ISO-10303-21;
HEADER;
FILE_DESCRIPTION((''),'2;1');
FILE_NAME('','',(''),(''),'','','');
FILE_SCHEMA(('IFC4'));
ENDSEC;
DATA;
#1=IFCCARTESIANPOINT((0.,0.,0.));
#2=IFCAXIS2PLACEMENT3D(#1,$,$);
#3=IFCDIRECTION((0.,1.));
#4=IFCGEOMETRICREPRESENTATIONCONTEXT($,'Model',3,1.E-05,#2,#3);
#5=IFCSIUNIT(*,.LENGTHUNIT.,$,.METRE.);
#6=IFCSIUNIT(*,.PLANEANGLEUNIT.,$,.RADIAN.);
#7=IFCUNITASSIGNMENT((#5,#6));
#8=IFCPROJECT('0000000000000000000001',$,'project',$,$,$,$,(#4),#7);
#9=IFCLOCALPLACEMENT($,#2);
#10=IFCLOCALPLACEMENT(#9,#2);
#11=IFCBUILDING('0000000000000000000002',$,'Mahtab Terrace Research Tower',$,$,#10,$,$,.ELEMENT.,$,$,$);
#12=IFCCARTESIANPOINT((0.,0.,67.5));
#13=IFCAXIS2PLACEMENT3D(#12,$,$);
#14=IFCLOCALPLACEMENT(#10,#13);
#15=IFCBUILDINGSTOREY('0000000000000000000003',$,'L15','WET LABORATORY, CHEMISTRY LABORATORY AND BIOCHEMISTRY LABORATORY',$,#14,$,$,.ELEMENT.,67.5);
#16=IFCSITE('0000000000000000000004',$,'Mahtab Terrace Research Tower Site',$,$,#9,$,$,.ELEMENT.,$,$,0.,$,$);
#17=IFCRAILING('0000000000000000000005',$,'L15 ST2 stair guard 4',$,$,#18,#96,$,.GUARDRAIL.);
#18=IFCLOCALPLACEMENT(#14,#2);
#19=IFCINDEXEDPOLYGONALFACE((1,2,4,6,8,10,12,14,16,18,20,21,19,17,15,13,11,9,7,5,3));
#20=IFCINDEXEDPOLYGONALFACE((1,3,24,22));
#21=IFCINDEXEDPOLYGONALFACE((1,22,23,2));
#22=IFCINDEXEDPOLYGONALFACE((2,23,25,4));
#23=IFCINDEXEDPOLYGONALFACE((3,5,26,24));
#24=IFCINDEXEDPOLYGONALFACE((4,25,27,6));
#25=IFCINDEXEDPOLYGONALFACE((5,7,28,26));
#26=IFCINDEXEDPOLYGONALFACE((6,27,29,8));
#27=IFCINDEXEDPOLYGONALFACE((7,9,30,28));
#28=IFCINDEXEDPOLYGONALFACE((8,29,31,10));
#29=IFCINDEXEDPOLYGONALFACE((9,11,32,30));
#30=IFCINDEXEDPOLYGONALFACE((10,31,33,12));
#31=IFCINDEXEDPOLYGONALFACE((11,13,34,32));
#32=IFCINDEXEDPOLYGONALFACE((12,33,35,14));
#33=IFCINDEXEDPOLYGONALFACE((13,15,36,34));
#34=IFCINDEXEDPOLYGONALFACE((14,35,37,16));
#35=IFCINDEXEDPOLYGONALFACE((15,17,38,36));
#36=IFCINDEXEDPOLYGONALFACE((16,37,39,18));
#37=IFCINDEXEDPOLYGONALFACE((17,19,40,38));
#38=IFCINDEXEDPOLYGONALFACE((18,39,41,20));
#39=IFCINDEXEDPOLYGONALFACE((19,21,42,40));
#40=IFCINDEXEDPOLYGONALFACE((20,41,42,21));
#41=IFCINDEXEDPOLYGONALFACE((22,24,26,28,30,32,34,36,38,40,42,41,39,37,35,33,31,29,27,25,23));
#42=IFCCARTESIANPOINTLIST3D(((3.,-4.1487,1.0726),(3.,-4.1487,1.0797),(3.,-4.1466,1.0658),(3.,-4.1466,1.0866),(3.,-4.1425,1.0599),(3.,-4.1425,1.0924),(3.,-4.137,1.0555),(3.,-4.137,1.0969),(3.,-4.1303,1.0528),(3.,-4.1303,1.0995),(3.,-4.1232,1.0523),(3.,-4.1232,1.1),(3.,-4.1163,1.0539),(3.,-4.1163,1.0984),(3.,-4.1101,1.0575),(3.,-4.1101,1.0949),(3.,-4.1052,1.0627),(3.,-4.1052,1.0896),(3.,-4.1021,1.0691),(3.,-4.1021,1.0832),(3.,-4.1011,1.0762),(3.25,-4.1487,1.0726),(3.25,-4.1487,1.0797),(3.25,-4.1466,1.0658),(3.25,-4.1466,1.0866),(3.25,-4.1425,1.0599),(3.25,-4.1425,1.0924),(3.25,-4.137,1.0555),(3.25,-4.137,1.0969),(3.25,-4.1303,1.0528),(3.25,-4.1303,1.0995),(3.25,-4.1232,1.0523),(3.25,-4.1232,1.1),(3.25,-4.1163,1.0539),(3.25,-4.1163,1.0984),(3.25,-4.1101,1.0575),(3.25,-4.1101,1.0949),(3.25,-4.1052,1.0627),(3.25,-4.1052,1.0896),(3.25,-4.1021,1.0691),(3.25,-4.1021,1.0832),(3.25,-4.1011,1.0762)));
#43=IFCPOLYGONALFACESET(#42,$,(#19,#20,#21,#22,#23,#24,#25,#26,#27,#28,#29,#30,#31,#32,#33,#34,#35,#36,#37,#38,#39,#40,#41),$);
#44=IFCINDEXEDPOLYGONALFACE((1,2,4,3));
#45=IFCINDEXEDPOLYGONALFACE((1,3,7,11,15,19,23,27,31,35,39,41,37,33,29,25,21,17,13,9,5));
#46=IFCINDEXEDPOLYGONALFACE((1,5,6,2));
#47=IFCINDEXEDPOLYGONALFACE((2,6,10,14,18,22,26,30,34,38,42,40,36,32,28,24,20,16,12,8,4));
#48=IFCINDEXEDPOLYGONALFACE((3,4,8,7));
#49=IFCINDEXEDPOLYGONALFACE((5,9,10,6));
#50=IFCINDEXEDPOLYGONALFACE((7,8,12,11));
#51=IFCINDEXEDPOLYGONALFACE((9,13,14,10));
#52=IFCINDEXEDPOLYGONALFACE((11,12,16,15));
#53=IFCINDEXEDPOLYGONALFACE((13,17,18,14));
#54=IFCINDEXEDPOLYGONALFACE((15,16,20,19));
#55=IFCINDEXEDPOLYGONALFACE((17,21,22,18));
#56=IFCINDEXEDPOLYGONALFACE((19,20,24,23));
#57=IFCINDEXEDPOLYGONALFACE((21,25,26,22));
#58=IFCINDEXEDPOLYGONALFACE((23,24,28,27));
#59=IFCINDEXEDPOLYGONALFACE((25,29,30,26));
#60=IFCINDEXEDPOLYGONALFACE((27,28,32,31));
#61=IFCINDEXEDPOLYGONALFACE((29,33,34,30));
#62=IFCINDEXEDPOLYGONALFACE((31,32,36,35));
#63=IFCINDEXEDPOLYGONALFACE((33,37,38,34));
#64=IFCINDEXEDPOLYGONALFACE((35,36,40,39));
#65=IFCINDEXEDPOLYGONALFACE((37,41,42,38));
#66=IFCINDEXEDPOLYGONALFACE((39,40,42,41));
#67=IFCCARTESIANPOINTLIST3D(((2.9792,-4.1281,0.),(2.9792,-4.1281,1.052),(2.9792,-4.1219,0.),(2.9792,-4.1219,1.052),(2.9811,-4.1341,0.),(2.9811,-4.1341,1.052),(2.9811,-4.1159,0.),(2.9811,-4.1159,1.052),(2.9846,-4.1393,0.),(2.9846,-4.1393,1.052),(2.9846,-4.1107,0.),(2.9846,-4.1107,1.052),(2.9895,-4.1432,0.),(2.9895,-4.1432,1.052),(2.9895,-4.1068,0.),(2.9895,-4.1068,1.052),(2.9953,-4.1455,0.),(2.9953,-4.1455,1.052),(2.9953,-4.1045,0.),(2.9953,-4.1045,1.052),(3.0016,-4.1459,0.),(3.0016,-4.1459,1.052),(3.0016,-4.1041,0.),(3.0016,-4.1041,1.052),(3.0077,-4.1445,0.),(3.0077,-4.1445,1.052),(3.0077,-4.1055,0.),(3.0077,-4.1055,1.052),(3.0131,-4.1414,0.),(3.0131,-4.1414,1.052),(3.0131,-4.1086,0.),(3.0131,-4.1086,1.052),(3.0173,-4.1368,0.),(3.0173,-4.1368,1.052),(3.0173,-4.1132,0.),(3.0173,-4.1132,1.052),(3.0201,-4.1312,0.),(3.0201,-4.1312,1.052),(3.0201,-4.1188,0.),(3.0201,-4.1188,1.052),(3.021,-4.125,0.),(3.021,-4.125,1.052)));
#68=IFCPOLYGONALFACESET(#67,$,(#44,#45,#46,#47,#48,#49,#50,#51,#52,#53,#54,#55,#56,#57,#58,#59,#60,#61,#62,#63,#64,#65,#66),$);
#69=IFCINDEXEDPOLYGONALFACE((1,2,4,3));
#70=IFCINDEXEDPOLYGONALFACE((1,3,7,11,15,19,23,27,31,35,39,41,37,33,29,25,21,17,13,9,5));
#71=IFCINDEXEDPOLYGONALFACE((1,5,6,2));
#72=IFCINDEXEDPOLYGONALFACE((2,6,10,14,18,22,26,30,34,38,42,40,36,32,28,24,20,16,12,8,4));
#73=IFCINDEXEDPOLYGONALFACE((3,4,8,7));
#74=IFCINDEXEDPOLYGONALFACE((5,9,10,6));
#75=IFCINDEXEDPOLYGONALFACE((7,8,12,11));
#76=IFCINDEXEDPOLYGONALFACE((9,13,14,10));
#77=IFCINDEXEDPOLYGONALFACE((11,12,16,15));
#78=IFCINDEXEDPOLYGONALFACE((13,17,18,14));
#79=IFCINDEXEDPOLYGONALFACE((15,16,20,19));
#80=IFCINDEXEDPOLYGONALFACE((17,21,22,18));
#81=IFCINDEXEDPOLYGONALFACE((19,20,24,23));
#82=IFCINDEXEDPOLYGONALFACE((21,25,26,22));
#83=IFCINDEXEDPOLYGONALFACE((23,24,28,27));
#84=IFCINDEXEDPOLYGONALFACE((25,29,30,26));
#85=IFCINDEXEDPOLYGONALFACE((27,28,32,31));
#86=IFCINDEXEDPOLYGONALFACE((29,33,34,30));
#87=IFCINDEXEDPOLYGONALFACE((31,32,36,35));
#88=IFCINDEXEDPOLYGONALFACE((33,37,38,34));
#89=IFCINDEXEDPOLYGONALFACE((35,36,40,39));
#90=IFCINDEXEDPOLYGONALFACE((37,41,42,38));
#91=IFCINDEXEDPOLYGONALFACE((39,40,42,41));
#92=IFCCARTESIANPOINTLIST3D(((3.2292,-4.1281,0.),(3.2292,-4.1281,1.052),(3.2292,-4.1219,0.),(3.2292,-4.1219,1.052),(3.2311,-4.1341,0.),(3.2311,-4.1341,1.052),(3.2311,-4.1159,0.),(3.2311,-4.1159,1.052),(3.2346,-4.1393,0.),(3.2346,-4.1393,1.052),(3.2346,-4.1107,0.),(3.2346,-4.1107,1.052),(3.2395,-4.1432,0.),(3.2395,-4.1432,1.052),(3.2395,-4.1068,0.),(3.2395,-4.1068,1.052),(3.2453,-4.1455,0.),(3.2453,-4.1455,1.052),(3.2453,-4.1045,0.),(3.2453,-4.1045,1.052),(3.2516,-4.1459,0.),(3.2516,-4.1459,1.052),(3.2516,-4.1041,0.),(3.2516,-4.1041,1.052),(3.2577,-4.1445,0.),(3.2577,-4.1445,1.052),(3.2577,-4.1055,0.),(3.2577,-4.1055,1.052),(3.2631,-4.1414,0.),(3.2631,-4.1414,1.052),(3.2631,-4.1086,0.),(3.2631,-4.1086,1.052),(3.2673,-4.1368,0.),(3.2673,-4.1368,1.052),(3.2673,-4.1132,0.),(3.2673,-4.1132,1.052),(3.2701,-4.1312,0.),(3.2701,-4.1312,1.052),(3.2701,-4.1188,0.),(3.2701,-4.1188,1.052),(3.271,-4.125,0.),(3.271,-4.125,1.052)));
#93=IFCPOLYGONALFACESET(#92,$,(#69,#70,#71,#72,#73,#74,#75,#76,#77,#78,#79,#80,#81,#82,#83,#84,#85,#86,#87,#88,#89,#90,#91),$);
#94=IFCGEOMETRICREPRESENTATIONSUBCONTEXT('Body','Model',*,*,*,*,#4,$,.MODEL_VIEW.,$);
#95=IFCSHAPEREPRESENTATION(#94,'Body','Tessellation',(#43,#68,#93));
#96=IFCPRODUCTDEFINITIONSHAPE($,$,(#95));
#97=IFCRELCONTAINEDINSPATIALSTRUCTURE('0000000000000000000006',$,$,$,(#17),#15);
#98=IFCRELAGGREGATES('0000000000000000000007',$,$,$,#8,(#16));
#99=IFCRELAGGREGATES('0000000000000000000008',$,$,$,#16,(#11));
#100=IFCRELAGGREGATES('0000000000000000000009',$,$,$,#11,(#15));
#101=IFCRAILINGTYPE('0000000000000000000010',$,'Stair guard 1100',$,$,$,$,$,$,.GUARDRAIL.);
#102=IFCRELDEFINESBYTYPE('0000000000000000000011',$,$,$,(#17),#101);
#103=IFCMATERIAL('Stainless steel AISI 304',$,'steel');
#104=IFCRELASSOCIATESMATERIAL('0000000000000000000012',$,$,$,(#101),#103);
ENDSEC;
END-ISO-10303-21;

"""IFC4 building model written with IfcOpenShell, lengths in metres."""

from ifc_helpers import new_model, si_unit, direction, frame, origin, origin_2d, place, context, subcontext, project, spatial, circle, extrude, material, type_object, element, save


model = new_model("IFC4")

# Units and contexts
model_context = context("Model", 3, precision=1e-05, world=origin(), true_north=direction((0.0, 1.0)))
body_context = subcontext(model_context, "Body", "Model", "MODEL_VIEW")
ifc_project = project(units=[si_unit("LENGTHUNIT", "METRE"), si_unit("PLANEANGLEUNIT", "RADIAN")], contexts=[model_context])

# Site, building, storey
site_placement = place(None, origin())
site = spatial("IfcSite", under=ifc_project, at=site_placement, Name="Mahtab Terrace Research Tower Site", CompositionType="ELEMENT", RefElevation=0.0)
building_placement = place(site_placement, origin())
building = spatial("IfcBuilding", under=site, at=building_placement, Name="Mahtab Terrace Research Tower", CompositionType="ELEMENT")
storey_placement = place(building_placement, frame((0.0, 0.0, 67.5)))
storey = spatial("IfcBuildingStorey", under=building, at=storey_placement, Name="L15", Description="WET LABORATORY, CHEMISTRY LABORATORY AND BIOCHEMISTRY LABORATORY", CompositionType="ELEMENT", Elevation=67.5)

# Railing
ifc_material_1 = material(Name="Stainless steel AISI 304", Category="steel")
railing_type_1 = type_object("IfcRailingType", Name="Stair guard 1100", PredefinedType="GUARDRAIL", material=ifc_material_1)
railing_1_placement = place(storey_placement, frame((3.0, -4.125, 0.0)))
element("IfcRailing", 1, at=railing_1_placement, inside=storey, type_object=railing_type_1, Name="L15 ST2 stair guard 4", PredefinedType="GUARDRAIL", context=body_context, shape_type="SweptSolid", body=[
    extrude(circle(Radius=0.0239, at=origin_2d()), frame((0.0, 0.0, 1.0762), z_axis=(1.0, 0.0, 0.0), x_axis=(0.0, 1.0, 0.0)), (0.0, 0.0, 1.0), 0.25),
    extrude(circle(Radius=0.021, at=origin_2d()), origin(), (0.0, 0.0, 1.0), 1.052),
    extrude(circle(Radius=0.021, at=origin_2d()), frame((0.25, 0.0, 0.0)), (0.0, 0.0, 1.0), 1.052),
])

save(model, "model.ifc")
